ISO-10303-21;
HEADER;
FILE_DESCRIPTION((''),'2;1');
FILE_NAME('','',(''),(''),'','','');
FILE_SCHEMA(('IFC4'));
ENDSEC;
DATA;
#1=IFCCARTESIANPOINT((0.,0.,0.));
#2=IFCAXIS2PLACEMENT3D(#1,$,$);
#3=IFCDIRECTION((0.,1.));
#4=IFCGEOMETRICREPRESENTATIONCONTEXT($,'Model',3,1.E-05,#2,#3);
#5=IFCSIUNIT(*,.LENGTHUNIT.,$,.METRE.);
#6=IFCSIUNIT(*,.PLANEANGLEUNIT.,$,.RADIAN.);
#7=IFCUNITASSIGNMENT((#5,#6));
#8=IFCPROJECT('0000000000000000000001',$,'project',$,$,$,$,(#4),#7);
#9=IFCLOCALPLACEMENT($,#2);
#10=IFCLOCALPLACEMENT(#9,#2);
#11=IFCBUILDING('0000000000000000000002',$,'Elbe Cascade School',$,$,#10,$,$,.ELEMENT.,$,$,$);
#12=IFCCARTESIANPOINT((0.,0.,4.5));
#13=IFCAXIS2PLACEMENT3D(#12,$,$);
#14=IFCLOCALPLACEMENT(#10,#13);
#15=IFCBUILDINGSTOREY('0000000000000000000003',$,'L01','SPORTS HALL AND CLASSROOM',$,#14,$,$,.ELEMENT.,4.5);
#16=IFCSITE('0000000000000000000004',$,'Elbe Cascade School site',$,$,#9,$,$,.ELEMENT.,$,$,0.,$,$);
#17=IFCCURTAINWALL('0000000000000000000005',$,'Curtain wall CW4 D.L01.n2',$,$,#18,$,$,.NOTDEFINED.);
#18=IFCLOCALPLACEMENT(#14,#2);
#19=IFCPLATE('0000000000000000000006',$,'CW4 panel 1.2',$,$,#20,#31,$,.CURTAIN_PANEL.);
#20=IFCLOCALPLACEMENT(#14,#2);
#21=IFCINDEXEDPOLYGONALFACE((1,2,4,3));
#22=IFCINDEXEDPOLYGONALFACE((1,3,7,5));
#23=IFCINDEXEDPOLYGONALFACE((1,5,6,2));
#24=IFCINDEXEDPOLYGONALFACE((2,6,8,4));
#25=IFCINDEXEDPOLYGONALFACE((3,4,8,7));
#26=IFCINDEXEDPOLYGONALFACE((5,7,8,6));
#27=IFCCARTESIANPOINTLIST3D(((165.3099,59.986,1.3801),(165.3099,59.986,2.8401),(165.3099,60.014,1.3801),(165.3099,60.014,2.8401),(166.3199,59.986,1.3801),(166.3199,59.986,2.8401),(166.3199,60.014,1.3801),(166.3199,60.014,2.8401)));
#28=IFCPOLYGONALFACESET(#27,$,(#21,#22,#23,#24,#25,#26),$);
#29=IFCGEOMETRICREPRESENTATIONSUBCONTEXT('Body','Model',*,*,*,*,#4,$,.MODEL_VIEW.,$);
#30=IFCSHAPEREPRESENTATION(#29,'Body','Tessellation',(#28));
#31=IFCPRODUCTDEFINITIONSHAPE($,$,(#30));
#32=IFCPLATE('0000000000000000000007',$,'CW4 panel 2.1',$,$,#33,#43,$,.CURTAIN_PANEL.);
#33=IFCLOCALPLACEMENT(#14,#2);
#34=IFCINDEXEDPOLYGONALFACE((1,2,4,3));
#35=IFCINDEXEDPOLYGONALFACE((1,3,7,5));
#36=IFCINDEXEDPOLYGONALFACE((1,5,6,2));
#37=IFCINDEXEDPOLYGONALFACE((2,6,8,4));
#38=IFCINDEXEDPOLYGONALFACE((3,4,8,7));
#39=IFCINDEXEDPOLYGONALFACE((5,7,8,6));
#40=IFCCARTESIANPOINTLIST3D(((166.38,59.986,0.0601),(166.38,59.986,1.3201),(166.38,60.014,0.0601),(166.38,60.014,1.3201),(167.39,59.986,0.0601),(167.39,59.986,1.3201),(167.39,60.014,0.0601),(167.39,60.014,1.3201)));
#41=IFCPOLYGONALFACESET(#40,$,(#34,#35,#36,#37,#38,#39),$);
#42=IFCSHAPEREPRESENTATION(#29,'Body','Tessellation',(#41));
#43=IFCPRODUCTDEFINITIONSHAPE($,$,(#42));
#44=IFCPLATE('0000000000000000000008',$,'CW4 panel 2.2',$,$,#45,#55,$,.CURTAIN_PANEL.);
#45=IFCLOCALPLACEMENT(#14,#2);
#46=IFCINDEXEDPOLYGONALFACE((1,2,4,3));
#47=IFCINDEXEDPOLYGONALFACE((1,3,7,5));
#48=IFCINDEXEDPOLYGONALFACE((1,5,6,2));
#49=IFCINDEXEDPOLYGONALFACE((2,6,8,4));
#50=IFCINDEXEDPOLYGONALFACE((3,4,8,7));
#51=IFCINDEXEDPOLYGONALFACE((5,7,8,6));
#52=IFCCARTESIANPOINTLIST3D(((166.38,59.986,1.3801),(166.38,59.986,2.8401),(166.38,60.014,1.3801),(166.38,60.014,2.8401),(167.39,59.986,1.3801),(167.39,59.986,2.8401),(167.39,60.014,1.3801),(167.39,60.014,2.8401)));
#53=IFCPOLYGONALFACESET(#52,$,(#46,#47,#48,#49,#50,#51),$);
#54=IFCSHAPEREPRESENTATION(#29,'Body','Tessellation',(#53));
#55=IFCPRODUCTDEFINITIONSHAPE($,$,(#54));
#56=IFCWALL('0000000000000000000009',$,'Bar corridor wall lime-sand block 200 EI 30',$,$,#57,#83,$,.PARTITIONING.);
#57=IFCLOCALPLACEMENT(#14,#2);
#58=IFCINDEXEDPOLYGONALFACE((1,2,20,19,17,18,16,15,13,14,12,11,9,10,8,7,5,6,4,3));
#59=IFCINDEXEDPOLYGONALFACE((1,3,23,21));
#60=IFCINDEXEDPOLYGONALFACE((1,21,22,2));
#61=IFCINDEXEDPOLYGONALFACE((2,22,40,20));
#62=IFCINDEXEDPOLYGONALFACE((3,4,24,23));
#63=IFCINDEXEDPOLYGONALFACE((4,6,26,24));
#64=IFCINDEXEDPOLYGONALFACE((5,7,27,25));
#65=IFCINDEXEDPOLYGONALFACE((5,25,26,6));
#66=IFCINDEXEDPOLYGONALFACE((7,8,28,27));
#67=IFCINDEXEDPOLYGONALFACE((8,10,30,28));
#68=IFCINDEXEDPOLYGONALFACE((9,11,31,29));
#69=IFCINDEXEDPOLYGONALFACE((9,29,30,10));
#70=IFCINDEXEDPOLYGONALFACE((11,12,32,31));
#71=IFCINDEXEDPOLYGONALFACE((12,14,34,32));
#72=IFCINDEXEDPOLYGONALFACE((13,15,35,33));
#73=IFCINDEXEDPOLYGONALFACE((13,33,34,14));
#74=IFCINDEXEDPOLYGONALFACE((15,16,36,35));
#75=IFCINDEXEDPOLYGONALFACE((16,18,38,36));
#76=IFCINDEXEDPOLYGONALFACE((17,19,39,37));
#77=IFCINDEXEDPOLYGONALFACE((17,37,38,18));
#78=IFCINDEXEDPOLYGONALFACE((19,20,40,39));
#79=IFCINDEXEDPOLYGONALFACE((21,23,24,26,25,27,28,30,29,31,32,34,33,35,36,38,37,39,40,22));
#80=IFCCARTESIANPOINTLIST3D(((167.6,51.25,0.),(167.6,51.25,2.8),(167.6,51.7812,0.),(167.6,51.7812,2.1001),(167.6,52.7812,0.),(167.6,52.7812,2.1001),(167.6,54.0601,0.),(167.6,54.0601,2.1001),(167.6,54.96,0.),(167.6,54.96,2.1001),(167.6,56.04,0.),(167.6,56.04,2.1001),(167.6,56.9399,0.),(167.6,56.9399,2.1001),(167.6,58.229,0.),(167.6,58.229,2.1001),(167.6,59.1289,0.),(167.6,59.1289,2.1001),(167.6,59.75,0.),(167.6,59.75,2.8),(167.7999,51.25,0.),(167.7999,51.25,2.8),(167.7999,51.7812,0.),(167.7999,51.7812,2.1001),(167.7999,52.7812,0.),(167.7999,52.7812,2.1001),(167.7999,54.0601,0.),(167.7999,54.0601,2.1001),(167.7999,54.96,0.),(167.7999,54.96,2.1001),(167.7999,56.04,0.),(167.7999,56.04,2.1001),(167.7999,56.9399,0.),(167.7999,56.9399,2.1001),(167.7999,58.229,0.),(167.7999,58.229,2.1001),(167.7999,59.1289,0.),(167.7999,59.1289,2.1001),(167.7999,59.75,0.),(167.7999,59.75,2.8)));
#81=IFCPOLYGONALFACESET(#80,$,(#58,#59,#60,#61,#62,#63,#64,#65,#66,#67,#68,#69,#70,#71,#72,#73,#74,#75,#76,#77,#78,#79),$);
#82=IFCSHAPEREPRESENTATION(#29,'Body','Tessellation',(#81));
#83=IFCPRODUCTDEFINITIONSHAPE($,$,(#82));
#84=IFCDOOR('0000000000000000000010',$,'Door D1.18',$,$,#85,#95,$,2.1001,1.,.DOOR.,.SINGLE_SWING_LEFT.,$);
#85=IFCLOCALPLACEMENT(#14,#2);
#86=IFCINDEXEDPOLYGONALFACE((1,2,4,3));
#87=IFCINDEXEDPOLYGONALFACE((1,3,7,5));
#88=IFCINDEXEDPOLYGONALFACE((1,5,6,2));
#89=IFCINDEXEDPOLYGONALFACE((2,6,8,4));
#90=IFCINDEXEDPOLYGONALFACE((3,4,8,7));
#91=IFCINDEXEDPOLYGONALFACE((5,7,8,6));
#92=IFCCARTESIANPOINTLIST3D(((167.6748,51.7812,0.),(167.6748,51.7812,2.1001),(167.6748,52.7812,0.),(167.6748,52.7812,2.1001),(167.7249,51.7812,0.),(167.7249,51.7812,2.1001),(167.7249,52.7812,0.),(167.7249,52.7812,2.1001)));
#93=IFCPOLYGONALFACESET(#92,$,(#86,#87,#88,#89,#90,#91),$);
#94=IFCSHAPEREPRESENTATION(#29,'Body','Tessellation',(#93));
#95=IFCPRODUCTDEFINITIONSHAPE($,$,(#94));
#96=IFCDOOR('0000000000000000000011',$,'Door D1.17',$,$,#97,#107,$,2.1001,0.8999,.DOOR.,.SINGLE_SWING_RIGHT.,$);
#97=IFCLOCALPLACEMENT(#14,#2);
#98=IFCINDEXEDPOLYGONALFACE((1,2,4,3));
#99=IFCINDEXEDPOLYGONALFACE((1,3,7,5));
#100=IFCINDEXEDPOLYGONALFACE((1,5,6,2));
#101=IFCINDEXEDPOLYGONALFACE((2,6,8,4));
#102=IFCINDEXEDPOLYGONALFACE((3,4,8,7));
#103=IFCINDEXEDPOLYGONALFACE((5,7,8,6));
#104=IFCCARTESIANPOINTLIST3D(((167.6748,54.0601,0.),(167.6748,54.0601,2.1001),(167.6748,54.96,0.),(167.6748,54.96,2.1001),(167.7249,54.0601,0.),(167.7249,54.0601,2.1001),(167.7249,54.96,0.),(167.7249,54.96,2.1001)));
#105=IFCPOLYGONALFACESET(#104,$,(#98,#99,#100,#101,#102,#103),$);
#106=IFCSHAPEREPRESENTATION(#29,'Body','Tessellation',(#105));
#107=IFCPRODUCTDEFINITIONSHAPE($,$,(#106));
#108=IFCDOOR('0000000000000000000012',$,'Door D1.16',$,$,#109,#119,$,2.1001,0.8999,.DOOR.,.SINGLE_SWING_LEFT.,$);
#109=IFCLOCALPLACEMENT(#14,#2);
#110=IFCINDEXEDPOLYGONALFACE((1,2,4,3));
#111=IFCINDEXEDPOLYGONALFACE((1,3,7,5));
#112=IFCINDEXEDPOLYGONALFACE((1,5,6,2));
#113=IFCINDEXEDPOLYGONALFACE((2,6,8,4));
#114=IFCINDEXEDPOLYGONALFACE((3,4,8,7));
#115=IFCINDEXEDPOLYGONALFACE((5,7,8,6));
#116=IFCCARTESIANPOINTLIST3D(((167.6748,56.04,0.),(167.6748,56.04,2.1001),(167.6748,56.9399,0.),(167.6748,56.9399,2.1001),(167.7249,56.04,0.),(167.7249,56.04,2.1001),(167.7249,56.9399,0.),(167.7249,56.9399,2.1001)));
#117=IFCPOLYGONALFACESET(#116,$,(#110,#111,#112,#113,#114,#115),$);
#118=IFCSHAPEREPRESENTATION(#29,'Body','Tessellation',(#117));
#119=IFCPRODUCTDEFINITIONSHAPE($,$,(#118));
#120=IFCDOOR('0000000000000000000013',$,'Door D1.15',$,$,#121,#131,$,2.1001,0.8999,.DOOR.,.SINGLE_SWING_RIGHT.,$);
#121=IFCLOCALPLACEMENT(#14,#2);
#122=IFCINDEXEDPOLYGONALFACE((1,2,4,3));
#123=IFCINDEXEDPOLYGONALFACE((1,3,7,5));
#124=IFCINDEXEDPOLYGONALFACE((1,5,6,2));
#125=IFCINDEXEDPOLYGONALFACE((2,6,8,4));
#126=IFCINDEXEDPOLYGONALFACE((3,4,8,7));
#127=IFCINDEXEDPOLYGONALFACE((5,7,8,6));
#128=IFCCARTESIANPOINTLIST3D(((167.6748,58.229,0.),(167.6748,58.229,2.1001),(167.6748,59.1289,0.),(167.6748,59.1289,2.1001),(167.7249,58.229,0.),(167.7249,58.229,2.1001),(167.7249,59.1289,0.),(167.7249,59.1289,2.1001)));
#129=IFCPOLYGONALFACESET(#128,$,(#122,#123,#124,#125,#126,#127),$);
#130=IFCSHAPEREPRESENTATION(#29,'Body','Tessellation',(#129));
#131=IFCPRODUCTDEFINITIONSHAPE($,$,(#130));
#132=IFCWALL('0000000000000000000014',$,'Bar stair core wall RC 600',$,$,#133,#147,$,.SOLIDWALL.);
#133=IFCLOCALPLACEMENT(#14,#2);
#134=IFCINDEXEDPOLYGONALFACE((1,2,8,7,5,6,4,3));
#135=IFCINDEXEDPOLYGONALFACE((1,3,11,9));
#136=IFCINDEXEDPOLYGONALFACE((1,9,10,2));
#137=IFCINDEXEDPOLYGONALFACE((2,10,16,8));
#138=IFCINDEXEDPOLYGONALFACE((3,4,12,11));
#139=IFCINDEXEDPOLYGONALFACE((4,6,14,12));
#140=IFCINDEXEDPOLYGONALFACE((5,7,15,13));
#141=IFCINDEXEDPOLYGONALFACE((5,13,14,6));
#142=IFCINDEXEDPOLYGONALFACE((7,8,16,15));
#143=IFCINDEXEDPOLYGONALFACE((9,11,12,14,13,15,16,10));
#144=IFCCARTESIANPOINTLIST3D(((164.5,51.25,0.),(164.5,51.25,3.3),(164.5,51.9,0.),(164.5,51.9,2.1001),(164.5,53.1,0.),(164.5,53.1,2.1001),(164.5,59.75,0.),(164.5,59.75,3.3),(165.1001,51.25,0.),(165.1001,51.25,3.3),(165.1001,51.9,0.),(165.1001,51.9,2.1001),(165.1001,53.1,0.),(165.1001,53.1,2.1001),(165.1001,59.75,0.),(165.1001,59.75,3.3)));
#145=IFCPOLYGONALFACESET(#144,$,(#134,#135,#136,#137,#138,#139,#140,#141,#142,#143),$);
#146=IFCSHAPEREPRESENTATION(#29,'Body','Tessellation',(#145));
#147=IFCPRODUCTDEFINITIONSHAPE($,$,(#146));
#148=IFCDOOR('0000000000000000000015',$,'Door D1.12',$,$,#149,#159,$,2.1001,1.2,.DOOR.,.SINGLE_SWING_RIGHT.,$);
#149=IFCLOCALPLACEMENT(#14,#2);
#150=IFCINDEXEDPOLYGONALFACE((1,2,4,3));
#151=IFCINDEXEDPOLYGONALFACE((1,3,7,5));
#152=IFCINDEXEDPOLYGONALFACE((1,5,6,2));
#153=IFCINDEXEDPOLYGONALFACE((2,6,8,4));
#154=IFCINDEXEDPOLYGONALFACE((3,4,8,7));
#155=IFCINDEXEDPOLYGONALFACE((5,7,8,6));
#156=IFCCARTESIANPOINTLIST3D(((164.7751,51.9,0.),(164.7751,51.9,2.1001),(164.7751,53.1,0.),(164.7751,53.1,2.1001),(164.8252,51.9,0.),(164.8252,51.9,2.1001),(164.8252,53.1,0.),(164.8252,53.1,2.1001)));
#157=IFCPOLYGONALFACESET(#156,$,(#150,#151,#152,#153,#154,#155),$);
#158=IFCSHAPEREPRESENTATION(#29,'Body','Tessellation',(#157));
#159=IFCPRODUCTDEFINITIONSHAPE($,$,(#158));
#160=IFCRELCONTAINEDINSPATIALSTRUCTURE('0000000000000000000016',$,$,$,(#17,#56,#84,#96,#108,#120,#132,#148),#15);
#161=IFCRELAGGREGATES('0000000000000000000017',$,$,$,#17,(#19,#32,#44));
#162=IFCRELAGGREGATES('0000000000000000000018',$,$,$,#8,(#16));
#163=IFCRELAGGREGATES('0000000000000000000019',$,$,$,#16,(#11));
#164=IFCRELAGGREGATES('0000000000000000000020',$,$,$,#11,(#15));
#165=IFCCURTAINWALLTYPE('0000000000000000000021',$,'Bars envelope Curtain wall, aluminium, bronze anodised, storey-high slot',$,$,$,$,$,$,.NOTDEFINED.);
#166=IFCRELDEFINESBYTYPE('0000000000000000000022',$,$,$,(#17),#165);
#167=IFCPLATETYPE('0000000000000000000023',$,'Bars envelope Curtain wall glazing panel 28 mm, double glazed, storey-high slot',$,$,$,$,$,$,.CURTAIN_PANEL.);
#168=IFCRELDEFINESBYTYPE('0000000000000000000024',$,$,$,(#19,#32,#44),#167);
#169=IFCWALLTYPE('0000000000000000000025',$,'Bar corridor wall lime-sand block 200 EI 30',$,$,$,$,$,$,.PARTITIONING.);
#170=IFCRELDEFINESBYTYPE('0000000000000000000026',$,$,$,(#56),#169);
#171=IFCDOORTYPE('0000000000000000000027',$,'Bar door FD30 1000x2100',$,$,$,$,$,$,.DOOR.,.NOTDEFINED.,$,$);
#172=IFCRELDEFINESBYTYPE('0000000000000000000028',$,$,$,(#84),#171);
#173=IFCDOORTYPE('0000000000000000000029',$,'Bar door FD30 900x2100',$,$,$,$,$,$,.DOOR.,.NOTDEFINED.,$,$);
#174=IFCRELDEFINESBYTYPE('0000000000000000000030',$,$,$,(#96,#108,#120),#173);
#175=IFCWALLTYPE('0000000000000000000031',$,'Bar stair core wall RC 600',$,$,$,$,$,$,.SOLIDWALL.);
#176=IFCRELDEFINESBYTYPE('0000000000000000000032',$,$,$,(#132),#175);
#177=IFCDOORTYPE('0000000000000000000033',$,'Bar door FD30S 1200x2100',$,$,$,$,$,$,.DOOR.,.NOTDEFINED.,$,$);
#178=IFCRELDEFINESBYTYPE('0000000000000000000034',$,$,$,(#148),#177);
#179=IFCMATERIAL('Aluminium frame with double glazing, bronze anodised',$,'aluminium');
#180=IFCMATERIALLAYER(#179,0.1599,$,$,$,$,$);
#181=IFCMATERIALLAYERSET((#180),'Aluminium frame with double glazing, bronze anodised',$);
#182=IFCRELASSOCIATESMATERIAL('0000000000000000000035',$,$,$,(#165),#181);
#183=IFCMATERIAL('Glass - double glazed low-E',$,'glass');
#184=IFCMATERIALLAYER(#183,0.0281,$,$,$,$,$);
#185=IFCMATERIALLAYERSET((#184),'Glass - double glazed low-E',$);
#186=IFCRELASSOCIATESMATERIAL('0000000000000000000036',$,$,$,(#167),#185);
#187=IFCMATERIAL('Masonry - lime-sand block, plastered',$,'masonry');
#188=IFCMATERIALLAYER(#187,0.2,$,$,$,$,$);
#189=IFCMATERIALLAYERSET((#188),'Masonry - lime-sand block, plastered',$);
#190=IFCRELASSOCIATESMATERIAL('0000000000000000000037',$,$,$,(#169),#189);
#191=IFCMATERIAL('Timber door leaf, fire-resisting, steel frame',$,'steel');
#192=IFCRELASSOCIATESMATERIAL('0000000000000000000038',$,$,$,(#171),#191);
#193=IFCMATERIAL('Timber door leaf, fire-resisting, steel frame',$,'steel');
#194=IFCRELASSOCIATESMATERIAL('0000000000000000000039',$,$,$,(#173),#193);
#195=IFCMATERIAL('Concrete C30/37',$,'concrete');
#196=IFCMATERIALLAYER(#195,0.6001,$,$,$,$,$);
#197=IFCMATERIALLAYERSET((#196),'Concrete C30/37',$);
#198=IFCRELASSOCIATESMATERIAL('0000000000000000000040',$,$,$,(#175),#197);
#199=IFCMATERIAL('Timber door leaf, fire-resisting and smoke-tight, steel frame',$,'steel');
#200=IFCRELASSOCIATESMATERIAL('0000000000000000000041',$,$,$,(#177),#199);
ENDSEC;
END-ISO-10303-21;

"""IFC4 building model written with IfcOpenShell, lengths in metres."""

from ifc_helpers import new_model, si_unit, direction, frame, frame_2d, origin, origin_2d, place, context, subcontext, project, spatial, rectangle, extrude, material, layer, layer_set, type_object, element, fill, aggregate, save


model = new_model("IFC4")

# Units and contexts
model_context = context("Model", 3, precision=1e-05, world=origin(), true_north=direction((0.0, 1.0)))
body_context = subcontext(model_context, "Body", "Model", "MODEL_VIEW")
ifc_project = project(units=[si_unit("LENGTHUNIT", "METRE"), si_unit("PLANEANGLEUNIT", "RADIAN")], contexts=[model_context])

# Site, building, storey
site_placement = place(None, origin())
site = spatial("IfcSite", under=ifc_project, at=site_placement, Name="Elbe Cascade School site", CompositionType="ELEMENT", RefElevation=0.0)
building_placement = place(site_placement, origin())
building = spatial("IfcBuilding", under=site, at=building_placement, Name="Elbe Cascade School", CompositionType="ELEMENT")
storey_placement = place(building_placement, frame((0.0, 0.0, 4.5)))
storey = spatial("IfcBuildingStorey", under=building, at=storey_placement, Name="L01", Description="SPORTS HALL AND CLASSROOM", CompositionType="ELEMENT", Elevation=4.5)

# Curtain wall
ifc_material_1 = material(Name="Aluminium frame with double glazing, bronze anodised", Category="aluminium")
ifc_layer_1 = layer(ifc_material_1, 0.1599)
ifc_layer_set_1 = layer_set([ifc_layer_1], Name="Aluminium frame with double glazing, bronze anodised")
curtain_wall_type = type_object("IfcCurtainWallType", Name="Bars envelope Curtain wall, aluminium, bronze anodised, storey-high slot", PredefinedType="NOTDEFINED", material=ifc_layer_set_1)
curtain_wall_placement = place(storey_placement, origin())
curtain_wall = element("IfcCurtainWall", 1, at=curtain_wall_placement, inside=storey, type_object=curtain_wall_type, Name="Curtain wall CW4 D.L01.n2", PredefinedType="NOTDEFINED")

# Plates
ifc_material_2 = material(Name="Glass - double glazed low-E", Category="glass")
ifc_layer_2 = layer(ifc_material_2, 0.0281)
ifc_layer_set_2 = layer_set([ifc_layer_2], Name="Glass - double glazed low-E")
plate_type = type_object("IfcPlateType", Name="Bars envelope Curtain wall glazing panel 28 mm, double glazed, storey-high slot", PredefinedType="CURTAIN_PANEL", material=ifc_layer_set_2)
plate_1_placement = place(storey_placement, frame((165.8149, 60.0, 1.3801), z_axis=(0.0, 0.0, 1.0), x_axis=(1.0, 0.0, 0.0)))
plate_1 = element("IfcPlate", 2, at=plate_1_placement, type_object=plate_type, Name="CW4 panel 1.2", PredefinedType="CURTAIN_PANEL", context=body_context, shape_type="SweptSolid", body=[
    extrude(rectangle(XDim=1.01, YDim=0.0281, at=origin_2d()), origin(), (0.0, 0.0, 1.0), 1.46),
])
plate_2_placement = place(storey_placement, frame((166.885, 60.0, 0.0601), z_axis=(0.0, 0.0, 1.0), x_axis=(1.0, 0.0, 0.0)))
plate_2 = element("IfcPlate", 3, at=plate_2_placement, type_object=plate_type, Name="CW4 panel 2.1", PredefinedType="CURTAIN_PANEL", context=body_context, shape_type="SweptSolid", body=[
    extrude(rectangle(XDim=1.01, YDim=0.0281, at=origin_2d()), origin(), (0.0, 0.0, 1.0), 1.26),
])
plate_3_placement = place(storey_placement, frame((166.885, 60.0, 1.3801), z_axis=(0.0, 0.0, 1.0), x_axis=(1.0, 0.0, 0.0)))
plate_3 = element("IfcPlate", 4, at=plate_3_placement, type_object=plate_type, Name="CW4 panel 2.2", PredefinedType="CURTAIN_PANEL", context=body_context, shape_type="SweptSolid", body=[
    extrude(rectangle(XDim=1.01, YDim=0.0281, at=origin_2d()), origin(), (0.0, 0.0, 1.0), 1.46),
])
aggregate(curtain_wall, [plate_1, plate_2, plate_3])

# Wall, openings, doors
ifc_material_3 = material(Name="Masonry - lime-sand block, plastered", Category="masonry")
ifc_layer_3 = layer(ifc_material_3, 0.2)
ifc_layer_set_3 = layer_set([ifc_layer_3], Name="Masonry - lime-sand block, plastered")
wall_type_1 = type_object("IfcWallType", Name="Bar corridor wall lime-sand block 200 EI 30", PredefinedType="PARTITIONING", material=ifc_layer_set_3)
wall_1_placement = place(storey_placement, frame((167.7, 59.75, 0.0), z_axis=(0.0, 0.0, 1.0), x_axis=(0.0, -1.0, 0.0)))
wall_1 = element("IfcWall", 5, at=wall_1_placement, inside=storey, type_object=wall_type_1, Name="Bar corridor wall lime-sand block 200 EI 30", PredefinedType="PARTITIONING", context=body_context, shape_type="SweptSolid", body=[
    extrude(rectangle(XDim=8.5, YDim=0.2, at=frame_2d((4.25, 0.0))), origin(), (0.0, 0.0, 1.0), 2.8),
])
opening_1_placement = place(wall_1_placement, frame((6.9688, 0.0, 0.0)))
opening_1 = element("IfcOpeningElement", 6, at=opening_1_placement, cuts=wall_1, PredefinedType="OPENING", context=body_context, shape_type="SweptSolid", body=[
    extrude(rectangle(XDim=1.0, YDim=2.1001, at=frame_2d((0.5, 1.05))), frame((0.0, 0.1099, 0.0), z_axis=(0.0, -1.0, 0.0), x_axis=(1.0, 0.0, 0.0)), (0.0, 0.0, 1.0), 0.22),
])
opening_2_placement = place(wall_1_placement, frame((4.79, 0.0, 0.0)))
opening_2 = element("IfcOpeningElement", 7, at=opening_2_placement, cuts=wall_1, PredefinedType="OPENING", context=body_context, shape_type="SweptSolid", body=[
    extrude(rectangle(XDim=0.8999, YDim=2.1001, at=frame_2d((0.45, 1.05))), frame((0.0, 0.1099, 0.0), z_axis=(0.0, -1.0, 0.0), x_axis=(1.0, 0.0, 0.0)), (0.0, 0.0, 1.0), 0.22),
])
opening_3_placement = place(wall_1_placement, frame((2.8101, 0.0, 0.0)))
opening_3 = element("IfcOpeningElement", 8, at=opening_3_placement, cuts=wall_1, PredefinedType="OPENING", context=body_context, shape_type="SweptSolid", body=[
    extrude(rectangle(XDim=0.8999, YDim=2.1001, at=frame_2d((0.45, 1.05))), frame((0.0, 0.1099, 0.0), z_axis=(0.0, -1.0, 0.0), x_axis=(1.0, 0.0, 0.0)), (0.0, 0.0, 1.0), 0.22),
])
opening_4_placement = place(wall_1_placement, frame((0.6211, 0.0, 0.0)))
opening_4 = element("IfcOpeningElement", 9, at=opening_4_placement, cuts=wall_1, PredefinedType="OPENING", context=body_context, shape_type="SweptSolid", body=[
    extrude(rectangle(XDim=0.8999, YDim=2.1001, at=frame_2d((0.45, 1.05))), frame((0.0, 0.1099, 0.0), z_axis=(0.0, -1.0, 0.0), x_axis=(1.0, 0.0, 0.0)), (0.0, 0.0, 1.0), 0.22),
])
ifc_material_4 = material(Name="Timber door leaf, fire-resisting, steel frame", Category="steel")
door_type_1 = type_object("IfcDoorType", Name="Bar door FD30 1000x2100", OperationType="NOTDEFINED", PredefinedType="DOOR", material=ifc_material_4)
door_1_placement = place(opening_1_placement, origin())
door_1 = element("IfcDoor", 10, at=door_1_placement, inside=storey, type_object=door_type_1, Name="Door D1.18", OperationType="SINGLE_SWING_LEFT", OverallHeight=2.1001, OverallWidth=1.0, PredefinedType="DOOR", context=body_context, shape_type="SweptSolid", body=[
    extrude(rectangle(XDim=1.0, YDim=2.1001, at=frame_2d((0.5, 1.05))), frame((0.0, 0.0249, 0.0), z_axis=(0.0, -1.0, 0.0), x_axis=(1.0, 0.0, 0.0)), (0.0, 0.0, 1.0), 0.05),
])
fill(opening_1, door_1)
ifc_material_5 = material(Name="Timber door leaf, fire-resisting, steel frame", Category="steel")
door_type_2 = type_object("IfcDoorType", Name="Bar door FD30 900x2100", OperationType="NOTDEFINED", PredefinedType="DOOR", material=ifc_material_5)
door_2_placement = place(opening_2_placement, origin())
door_2 = element("IfcDoor", 11, at=door_2_placement, inside=storey, type_object=door_type_2, Name="Door D1.17", OperationType="SINGLE_SWING_RIGHT", OverallHeight=2.1001, OverallWidth=0.8999, PredefinedType="DOOR", context=body_context, shape_type="SweptSolid", body=[
    extrude(rectangle(XDim=0.8999, YDim=2.1001, at=frame_2d((0.45, 1.05))), frame((0.0, 0.0249, 0.0), z_axis=(0.0, -1.0, 0.0), x_axis=(1.0, 0.0, 0.0)), (0.0, 0.0, 1.0), 0.05),
])
fill(opening_2, door_2)
door_3_placement = place(opening_3_placement, origin())
door_3 = element("IfcDoor", 12, at=door_3_placement, inside=storey, type_object=door_type_2, Name="Door D1.16", OperationType="SINGLE_SWING_LEFT", OverallHeight=2.1001, OverallWidth=0.8999, PredefinedType="DOOR", context=body_context, shape_type="SweptSolid", body=[
    extrude(rectangle(XDim=0.8999, YDim=2.1001, at=frame_2d((0.45, 1.05))), frame((0.0, 0.0249, 0.0), z_axis=(0.0, -1.0, 0.0), x_axis=(1.0, 0.0, 0.0)), (0.0, 0.0, 1.0), 0.05),
])
fill(opening_3, door_3)
door_4_placement = place(opening_4_placement, origin())
door_4 = element("IfcDoor", 13, at=door_4_placement, inside=storey, type_object=door_type_2, Name="Door D1.15", OperationType="SINGLE_SWING_RIGHT", OverallHeight=2.1001, OverallWidth=0.8999, PredefinedType="DOOR", context=body_context, shape_type="SweptSolid", body=[
    extrude(rectangle(XDim=0.8999, YDim=2.1001, at=frame_2d((0.45, 1.05))), frame((0.0, 0.0249, 0.0), z_axis=(0.0, -1.0, 0.0), x_axis=(1.0, 0.0, 0.0)), (0.0, 0.0, 1.0), 0.05),
])
fill(opening_4, door_4)

# Wall, opening, door
ifc_material_6 = material(Name="Concrete C30/37", Category="concrete")
ifc_layer_4 = layer(ifc_material_6, 0.6001)
ifc_layer_set_4 = layer_set([ifc_layer_4], Name="Concrete C30/37")
wall_type_2 = type_object("IfcWallType", Name="Bar stair core wall RC 600", PredefinedType="SOLIDWALL", material=ifc_layer_set_4)
wall_2_placement = place(storey_placement, frame((164.8, 51.25, 0.0), z_axis=(0.0, 0.0, 1.0), x_axis=(0.0, 1.0, 0.0)))
wall_2 = element("IfcWall", 14, at=wall_2_placement, inside=storey, type_object=wall_type_2, Name="Bar stair core wall RC 600", PredefinedType="SOLIDWALL", context=body_context, shape_type="SweptSolid", body=[
    extrude(rectangle(XDim=8.5, YDim=0.6001, at=frame_2d((4.25, 0.0))), origin(), (0.0, 0.0, 1.0), 3.3),
])
opening_5_placement = place(wall_2_placement, frame((0.6499, 0.0, 0.0)))
opening_5 = element("IfcOpeningElement", 15, at=opening_5_placement, cuts=wall_2, PredefinedType="OPENING", context=body_context, shape_type="SweptSolid", body=[
    extrude(rectangle(XDim=1.2, YDim=2.1001, at=frame_2d((0.6001, 1.05))), frame((0.0, 0.3101, 0.0), z_axis=(0.0, -1.0, 0.0), x_axis=(1.0, 0.0, 0.0)), (0.0, 0.0, 1.0), 0.6201),
])
ifc_material_7 = material(Name="Timber door leaf, fire-resisting and smoke-tight, steel frame", Category="steel")
door_type_3 = type_object("IfcDoorType", Name="Bar door FD30S 1200x2100", OperationType="NOTDEFINED", PredefinedType="DOOR", material=ifc_material_7)
door_5_placement = place(opening_5_placement, origin())
door_5 = element("IfcDoor", 16, at=door_5_placement, inside=storey, type_object=door_type_3, Name="Door D1.12", OperationType="SINGLE_SWING_RIGHT", OverallHeight=2.1001, OverallWidth=1.2, PredefinedType="DOOR", context=body_context, shape_type="SweptSolid", body=[
    extrude(rectangle(XDim=1.2, YDim=2.1001, at=frame_2d((0.6001, 1.05))), frame((0.0, 0.0249, 0.0), z_axis=(0.0, -1.0, 0.0), x_axis=(1.0, 0.0, 0.0)), (0.0, 0.0, 1.0), 0.05),
])
fill(opening_5, door_5)

save(model, "model.ifc")
